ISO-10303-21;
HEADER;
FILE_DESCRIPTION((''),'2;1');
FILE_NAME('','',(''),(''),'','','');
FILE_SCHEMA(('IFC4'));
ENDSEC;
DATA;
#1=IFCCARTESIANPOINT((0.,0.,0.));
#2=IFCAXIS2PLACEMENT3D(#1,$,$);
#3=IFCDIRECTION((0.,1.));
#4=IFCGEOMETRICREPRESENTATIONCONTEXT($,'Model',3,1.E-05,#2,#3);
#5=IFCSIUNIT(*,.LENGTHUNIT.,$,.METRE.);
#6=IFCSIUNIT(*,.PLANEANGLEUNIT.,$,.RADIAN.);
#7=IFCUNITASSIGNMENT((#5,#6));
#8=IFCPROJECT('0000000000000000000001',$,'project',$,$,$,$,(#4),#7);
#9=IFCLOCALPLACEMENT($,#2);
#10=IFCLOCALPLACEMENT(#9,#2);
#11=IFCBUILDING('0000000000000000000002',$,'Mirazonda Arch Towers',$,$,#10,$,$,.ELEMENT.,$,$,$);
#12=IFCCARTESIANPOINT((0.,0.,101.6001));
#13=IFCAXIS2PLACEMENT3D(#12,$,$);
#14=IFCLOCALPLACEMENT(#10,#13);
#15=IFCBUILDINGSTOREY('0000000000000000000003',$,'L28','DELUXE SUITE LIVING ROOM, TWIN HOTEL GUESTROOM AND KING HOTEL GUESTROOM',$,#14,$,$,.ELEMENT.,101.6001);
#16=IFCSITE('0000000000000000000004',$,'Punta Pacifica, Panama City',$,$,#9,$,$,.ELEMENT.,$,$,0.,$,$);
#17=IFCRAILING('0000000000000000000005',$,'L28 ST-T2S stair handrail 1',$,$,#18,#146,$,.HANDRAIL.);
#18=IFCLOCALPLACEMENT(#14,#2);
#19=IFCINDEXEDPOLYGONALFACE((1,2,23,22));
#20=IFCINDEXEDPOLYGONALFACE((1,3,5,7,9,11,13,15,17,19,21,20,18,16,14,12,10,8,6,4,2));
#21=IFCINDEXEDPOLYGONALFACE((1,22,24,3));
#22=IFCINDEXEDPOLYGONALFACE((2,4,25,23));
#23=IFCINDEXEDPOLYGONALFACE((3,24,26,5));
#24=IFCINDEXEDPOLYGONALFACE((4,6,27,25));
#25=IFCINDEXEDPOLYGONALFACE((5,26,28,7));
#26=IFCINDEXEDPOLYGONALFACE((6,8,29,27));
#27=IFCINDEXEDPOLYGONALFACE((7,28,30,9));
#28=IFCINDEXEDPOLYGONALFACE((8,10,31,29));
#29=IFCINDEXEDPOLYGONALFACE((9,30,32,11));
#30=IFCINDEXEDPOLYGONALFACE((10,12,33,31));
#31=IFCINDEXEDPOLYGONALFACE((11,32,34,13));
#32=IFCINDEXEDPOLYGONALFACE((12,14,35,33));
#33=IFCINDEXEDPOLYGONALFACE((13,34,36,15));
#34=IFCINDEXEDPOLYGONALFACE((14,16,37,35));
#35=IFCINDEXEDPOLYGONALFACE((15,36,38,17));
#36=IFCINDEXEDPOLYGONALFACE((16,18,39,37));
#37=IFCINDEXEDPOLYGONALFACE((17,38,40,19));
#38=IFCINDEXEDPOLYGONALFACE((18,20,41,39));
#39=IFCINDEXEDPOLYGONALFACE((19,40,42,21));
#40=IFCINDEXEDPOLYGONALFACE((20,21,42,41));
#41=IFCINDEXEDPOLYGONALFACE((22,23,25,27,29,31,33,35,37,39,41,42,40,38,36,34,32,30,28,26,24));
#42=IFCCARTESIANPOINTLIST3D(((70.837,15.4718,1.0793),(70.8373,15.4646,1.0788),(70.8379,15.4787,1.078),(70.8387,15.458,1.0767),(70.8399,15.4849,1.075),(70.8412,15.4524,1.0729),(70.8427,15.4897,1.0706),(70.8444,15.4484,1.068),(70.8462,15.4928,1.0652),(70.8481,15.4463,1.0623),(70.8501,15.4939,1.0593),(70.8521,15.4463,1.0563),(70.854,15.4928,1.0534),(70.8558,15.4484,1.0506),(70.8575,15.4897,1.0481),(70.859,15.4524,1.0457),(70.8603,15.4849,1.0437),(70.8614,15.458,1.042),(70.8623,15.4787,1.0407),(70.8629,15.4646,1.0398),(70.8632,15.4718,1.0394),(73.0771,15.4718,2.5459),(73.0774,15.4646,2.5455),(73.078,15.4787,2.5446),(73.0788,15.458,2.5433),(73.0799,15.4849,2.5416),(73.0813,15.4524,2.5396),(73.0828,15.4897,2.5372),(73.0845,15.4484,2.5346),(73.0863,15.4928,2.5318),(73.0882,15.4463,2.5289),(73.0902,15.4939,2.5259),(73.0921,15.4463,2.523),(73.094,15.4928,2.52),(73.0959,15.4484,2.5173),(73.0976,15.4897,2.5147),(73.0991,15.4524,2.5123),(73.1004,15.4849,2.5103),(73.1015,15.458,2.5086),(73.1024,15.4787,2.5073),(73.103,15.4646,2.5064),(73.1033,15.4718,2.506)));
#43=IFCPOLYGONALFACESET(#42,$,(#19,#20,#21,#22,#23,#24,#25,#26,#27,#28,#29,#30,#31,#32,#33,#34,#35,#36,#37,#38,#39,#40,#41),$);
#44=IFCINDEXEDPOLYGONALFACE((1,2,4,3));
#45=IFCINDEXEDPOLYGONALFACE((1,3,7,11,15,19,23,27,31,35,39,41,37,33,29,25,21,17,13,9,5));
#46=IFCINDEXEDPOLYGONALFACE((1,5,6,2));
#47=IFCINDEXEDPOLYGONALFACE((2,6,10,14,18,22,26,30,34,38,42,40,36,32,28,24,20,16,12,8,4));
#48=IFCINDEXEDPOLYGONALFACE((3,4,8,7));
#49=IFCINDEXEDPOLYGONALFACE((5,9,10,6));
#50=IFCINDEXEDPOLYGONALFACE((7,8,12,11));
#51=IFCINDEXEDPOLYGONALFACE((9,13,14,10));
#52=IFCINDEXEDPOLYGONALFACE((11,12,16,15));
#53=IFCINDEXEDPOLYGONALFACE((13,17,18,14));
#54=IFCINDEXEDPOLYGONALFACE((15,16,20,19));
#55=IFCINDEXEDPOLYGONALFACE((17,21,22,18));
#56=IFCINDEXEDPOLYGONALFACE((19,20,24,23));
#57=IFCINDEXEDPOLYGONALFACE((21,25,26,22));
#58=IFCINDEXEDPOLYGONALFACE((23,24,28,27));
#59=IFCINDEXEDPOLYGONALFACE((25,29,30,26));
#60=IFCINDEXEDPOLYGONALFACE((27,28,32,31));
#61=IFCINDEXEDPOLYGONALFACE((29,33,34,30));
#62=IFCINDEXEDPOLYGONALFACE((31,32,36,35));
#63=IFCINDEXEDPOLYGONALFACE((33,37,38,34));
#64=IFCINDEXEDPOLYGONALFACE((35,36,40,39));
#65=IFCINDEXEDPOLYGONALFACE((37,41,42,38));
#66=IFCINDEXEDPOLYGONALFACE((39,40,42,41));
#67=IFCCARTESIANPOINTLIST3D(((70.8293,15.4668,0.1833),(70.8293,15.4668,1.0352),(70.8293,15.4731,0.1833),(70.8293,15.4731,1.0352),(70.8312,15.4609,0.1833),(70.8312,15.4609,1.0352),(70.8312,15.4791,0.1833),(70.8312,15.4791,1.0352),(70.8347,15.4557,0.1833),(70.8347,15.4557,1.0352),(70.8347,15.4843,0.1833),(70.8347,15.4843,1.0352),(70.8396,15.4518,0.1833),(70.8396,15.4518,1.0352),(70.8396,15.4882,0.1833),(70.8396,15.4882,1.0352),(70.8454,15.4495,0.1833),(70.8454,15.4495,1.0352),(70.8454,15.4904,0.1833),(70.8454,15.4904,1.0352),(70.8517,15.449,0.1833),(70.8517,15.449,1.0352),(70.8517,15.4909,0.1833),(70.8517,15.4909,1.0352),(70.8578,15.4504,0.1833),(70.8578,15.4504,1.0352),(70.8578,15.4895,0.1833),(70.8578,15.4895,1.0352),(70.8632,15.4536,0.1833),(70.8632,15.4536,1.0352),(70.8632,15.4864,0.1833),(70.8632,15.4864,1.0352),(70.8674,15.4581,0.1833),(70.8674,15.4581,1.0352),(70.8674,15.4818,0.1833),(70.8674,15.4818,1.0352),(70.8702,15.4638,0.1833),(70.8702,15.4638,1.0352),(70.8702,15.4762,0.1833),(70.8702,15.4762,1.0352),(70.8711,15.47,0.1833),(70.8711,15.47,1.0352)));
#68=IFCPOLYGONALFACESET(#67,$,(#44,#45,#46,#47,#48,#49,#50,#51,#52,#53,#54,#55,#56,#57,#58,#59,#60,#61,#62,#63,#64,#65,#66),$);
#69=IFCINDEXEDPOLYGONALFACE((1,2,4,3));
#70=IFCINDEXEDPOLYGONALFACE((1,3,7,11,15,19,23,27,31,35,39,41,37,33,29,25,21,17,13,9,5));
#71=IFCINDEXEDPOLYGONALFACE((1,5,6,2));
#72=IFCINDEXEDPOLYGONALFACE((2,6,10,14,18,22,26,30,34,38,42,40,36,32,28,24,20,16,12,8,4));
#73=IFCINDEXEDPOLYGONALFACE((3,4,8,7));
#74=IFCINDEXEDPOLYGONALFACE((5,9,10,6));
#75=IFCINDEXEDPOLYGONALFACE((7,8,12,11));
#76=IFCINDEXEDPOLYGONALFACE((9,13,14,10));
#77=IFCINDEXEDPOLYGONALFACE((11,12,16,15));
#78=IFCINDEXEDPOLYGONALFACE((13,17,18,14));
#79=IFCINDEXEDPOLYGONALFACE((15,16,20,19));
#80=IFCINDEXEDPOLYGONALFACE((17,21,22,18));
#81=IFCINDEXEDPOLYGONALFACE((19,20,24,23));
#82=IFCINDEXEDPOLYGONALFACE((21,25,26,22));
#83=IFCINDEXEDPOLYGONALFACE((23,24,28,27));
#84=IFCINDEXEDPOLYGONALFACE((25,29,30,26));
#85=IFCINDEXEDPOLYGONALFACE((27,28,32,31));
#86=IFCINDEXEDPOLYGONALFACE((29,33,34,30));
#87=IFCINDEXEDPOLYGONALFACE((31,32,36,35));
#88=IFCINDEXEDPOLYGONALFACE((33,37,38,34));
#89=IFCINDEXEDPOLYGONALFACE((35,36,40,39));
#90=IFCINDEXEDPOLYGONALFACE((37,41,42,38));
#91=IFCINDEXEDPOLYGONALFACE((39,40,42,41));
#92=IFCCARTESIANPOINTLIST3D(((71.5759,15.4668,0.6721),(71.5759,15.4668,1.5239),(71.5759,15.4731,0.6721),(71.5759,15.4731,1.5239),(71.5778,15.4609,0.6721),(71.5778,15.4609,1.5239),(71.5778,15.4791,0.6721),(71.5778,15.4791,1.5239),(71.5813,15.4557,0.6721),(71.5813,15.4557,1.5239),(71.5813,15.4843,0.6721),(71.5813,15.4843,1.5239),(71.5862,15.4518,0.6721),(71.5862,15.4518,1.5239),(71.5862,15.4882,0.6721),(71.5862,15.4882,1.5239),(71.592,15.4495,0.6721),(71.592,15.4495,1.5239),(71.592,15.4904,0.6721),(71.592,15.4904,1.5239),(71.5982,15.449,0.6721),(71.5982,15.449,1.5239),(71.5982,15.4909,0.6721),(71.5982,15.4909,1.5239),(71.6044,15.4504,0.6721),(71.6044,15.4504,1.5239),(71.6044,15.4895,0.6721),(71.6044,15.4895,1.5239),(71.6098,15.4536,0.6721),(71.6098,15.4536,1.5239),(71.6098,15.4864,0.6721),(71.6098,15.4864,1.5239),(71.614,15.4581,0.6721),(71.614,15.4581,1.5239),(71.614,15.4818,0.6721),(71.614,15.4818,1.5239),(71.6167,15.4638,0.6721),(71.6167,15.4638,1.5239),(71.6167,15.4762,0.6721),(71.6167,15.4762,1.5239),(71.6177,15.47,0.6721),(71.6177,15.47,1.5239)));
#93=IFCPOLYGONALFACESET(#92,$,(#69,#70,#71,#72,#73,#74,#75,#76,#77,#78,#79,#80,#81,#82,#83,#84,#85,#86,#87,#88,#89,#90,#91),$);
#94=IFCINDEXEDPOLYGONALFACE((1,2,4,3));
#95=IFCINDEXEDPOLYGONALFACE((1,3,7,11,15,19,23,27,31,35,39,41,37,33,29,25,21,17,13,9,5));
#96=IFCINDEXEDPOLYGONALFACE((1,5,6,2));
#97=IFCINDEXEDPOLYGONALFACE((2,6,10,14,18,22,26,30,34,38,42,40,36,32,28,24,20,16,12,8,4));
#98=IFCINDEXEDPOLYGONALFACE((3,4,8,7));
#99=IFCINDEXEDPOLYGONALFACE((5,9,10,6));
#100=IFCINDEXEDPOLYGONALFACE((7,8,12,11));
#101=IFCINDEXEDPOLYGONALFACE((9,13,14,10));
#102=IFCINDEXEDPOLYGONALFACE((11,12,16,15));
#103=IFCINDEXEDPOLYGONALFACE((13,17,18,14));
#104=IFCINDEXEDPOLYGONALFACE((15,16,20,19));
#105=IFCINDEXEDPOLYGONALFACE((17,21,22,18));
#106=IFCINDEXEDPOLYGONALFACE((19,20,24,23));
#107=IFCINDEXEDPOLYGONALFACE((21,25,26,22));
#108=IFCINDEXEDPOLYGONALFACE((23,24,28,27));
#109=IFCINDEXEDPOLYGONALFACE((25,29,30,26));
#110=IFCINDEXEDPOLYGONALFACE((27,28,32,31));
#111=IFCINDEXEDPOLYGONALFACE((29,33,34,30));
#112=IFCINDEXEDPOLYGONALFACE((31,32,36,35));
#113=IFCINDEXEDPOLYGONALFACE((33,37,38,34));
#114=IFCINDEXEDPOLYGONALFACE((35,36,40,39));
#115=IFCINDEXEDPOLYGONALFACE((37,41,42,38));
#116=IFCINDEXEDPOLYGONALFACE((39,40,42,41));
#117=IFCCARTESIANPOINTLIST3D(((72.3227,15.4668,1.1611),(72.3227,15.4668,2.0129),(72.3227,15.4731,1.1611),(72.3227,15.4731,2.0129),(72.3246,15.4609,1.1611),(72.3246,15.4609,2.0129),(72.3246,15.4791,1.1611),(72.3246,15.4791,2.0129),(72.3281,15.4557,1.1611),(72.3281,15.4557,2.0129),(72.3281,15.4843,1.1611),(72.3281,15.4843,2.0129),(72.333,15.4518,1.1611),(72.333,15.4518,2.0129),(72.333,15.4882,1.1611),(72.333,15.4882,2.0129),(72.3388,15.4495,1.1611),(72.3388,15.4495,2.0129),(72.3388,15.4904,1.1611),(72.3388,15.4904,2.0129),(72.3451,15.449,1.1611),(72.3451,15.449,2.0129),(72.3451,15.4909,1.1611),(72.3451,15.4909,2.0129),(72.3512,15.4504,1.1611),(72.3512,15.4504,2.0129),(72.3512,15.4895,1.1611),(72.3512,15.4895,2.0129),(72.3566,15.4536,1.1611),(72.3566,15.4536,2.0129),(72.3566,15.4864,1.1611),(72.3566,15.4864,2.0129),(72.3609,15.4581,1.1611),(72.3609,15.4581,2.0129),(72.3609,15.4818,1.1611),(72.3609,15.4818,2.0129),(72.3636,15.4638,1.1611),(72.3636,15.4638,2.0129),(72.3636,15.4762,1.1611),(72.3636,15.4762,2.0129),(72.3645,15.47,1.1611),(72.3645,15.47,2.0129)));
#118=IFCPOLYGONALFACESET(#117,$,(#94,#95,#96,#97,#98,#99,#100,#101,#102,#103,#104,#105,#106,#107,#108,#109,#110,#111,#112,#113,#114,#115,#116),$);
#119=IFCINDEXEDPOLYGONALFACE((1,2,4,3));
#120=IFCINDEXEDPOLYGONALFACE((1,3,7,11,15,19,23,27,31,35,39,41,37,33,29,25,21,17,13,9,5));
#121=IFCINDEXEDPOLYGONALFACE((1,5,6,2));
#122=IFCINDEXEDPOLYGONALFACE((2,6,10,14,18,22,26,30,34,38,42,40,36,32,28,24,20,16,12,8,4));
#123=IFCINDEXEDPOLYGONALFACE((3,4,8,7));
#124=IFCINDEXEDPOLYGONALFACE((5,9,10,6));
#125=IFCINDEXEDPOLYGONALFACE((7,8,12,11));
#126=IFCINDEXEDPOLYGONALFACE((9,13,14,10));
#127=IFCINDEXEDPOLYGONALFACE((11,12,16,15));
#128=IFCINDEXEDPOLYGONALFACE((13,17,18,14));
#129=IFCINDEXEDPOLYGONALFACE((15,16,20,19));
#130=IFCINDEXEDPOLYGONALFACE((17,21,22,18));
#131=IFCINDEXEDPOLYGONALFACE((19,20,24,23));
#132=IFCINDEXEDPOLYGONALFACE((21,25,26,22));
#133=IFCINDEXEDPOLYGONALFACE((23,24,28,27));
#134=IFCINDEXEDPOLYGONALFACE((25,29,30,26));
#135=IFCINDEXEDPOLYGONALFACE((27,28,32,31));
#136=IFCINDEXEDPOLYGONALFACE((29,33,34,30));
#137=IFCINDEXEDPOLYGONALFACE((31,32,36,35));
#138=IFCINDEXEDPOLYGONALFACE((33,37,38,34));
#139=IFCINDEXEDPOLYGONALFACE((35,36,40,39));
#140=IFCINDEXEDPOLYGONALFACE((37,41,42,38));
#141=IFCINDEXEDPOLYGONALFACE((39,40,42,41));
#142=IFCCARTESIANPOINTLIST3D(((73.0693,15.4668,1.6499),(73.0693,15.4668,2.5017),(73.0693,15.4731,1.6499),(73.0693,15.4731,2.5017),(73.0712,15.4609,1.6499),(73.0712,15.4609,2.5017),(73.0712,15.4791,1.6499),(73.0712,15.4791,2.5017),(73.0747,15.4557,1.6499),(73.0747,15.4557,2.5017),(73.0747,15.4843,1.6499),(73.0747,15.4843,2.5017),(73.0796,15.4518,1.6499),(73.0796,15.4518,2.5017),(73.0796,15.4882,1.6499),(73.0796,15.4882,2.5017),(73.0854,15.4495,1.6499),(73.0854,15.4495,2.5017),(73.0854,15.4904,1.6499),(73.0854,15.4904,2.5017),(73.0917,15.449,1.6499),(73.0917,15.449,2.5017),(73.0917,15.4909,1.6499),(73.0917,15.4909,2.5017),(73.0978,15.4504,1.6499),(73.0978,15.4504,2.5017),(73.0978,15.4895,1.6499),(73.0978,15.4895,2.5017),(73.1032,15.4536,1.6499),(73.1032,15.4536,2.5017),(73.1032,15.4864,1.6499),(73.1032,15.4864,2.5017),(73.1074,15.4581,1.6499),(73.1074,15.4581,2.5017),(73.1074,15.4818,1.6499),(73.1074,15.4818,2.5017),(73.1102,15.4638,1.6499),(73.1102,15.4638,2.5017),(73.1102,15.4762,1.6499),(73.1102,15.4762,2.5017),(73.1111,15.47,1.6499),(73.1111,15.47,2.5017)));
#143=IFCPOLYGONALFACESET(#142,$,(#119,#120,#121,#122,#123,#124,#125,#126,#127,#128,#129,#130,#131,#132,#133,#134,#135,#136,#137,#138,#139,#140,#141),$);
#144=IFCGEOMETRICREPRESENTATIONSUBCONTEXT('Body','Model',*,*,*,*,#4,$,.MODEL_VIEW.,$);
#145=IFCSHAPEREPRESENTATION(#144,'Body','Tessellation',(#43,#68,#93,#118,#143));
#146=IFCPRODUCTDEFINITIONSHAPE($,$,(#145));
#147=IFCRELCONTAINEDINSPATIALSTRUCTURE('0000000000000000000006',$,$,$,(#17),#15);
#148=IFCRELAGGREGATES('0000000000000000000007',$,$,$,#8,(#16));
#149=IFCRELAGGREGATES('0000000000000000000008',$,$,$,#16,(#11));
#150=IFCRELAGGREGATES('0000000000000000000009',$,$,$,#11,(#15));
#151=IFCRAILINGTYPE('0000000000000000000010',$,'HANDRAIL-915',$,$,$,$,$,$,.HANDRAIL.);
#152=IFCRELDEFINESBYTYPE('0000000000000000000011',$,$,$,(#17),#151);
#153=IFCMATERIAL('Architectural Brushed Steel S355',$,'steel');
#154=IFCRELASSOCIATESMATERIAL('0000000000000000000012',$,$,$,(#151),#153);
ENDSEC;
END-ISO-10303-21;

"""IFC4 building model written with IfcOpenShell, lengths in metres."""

from ifc_helpers import new_model, si_unit, direction, frame, origin, origin_2d, place, context, subcontext, project, spatial, circle, extrude, material, type_object, element, save


model = new_model("IFC4")

# Units and contexts
model_context = context("Model", 3, precision=1e-05, world=origin(), true_north=direction((0.0, 1.0)))
body_context = subcontext(model_context, "Body", "Model", "MODEL_VIEW")
ifc_project = project(units=[si_unit("LENGTHUNIT", "METRE"), si_unit("PLANEANGLEUNIT", "RADIAN")], contexts=[model_context])

# Site, building, storey
site_placement = place(None, origin())
site = spatial("IfcSite", under=ifc_project, at=site_placement, Name="Punta Pacifica, Panama City", CompositionType="ELEMENT", RefElevation=0.0)
building_placement = place(site_placement, origin())
building = spatial("IfcBuilding", under=site, at=building_placement, Name="Mirazonda Arch Towers", CompositionType="ELEMENT")
storey_placement = place(building_placement, frame((0.0, 0.0, 101.6001)))
storey = spatial("IfcBuildingStorey", under=building, at=storey_placement, Name="L28", Description="DELUXE SUITE LIVING ROOM, TWIN HOTEL GUESTROOM AND KING HOTEL GUESTROOM", CompositionType="ELEMENT", Elevation=101.6001)

# Railing
ifc_material_1 = material(Name="Architectural Brushed Steel S355", Category="steel")
railing_type_1 = type_object("IfcRailingType", Name="HANDRAIL-915", PredefinedType="HANDRAIL", material=ifc_material_1)
railing_1_placement = place(storey_placement, frame((70.8501, 15.47, 0.1833)))
element("IfcRailing", 1, at=railing_1_placement, inside=storey, type_object=railing_type_1, Name="L28 ST-T2S stair handrail 1", PredefinedType="HANDRAIL", context=body_context, shape_type="SweptSolid", body=[
    extrude(circle(Radius=0.0239, at=origin_2d()), frame((0.0, 0.0, 0.876), z_axis=(0.836637, 0.0, 0.547758), x_axis=(0.0, 1.0, 0.0)), (0.0, 0.0, 1.0), 2.6775),
    extrude(circle(Radius=0.021, at=origin_2d()), origin(), (0.0, 0.0, 1.0), 0.8518),
    extrude(circle(Radius=0.021, at=origin_2d()), frame((0.7466, 0.0, 0.4888)), (0.0, 0.0, 1.0), 0.8518),
    extrude(circle(Radius=0.021, at=origin_2d()), frame((1.4934, 0.0, 0.9778)), (0.0, 0.0, 1.0), 0.8518),
    extrude(circle(Radius=0.021, at=origin_2d()), frame((2.24, 0.0, 1.4666)), (0.0, 0.0, 1.0), 0.8518),
])

save(model, "model.ifc")
